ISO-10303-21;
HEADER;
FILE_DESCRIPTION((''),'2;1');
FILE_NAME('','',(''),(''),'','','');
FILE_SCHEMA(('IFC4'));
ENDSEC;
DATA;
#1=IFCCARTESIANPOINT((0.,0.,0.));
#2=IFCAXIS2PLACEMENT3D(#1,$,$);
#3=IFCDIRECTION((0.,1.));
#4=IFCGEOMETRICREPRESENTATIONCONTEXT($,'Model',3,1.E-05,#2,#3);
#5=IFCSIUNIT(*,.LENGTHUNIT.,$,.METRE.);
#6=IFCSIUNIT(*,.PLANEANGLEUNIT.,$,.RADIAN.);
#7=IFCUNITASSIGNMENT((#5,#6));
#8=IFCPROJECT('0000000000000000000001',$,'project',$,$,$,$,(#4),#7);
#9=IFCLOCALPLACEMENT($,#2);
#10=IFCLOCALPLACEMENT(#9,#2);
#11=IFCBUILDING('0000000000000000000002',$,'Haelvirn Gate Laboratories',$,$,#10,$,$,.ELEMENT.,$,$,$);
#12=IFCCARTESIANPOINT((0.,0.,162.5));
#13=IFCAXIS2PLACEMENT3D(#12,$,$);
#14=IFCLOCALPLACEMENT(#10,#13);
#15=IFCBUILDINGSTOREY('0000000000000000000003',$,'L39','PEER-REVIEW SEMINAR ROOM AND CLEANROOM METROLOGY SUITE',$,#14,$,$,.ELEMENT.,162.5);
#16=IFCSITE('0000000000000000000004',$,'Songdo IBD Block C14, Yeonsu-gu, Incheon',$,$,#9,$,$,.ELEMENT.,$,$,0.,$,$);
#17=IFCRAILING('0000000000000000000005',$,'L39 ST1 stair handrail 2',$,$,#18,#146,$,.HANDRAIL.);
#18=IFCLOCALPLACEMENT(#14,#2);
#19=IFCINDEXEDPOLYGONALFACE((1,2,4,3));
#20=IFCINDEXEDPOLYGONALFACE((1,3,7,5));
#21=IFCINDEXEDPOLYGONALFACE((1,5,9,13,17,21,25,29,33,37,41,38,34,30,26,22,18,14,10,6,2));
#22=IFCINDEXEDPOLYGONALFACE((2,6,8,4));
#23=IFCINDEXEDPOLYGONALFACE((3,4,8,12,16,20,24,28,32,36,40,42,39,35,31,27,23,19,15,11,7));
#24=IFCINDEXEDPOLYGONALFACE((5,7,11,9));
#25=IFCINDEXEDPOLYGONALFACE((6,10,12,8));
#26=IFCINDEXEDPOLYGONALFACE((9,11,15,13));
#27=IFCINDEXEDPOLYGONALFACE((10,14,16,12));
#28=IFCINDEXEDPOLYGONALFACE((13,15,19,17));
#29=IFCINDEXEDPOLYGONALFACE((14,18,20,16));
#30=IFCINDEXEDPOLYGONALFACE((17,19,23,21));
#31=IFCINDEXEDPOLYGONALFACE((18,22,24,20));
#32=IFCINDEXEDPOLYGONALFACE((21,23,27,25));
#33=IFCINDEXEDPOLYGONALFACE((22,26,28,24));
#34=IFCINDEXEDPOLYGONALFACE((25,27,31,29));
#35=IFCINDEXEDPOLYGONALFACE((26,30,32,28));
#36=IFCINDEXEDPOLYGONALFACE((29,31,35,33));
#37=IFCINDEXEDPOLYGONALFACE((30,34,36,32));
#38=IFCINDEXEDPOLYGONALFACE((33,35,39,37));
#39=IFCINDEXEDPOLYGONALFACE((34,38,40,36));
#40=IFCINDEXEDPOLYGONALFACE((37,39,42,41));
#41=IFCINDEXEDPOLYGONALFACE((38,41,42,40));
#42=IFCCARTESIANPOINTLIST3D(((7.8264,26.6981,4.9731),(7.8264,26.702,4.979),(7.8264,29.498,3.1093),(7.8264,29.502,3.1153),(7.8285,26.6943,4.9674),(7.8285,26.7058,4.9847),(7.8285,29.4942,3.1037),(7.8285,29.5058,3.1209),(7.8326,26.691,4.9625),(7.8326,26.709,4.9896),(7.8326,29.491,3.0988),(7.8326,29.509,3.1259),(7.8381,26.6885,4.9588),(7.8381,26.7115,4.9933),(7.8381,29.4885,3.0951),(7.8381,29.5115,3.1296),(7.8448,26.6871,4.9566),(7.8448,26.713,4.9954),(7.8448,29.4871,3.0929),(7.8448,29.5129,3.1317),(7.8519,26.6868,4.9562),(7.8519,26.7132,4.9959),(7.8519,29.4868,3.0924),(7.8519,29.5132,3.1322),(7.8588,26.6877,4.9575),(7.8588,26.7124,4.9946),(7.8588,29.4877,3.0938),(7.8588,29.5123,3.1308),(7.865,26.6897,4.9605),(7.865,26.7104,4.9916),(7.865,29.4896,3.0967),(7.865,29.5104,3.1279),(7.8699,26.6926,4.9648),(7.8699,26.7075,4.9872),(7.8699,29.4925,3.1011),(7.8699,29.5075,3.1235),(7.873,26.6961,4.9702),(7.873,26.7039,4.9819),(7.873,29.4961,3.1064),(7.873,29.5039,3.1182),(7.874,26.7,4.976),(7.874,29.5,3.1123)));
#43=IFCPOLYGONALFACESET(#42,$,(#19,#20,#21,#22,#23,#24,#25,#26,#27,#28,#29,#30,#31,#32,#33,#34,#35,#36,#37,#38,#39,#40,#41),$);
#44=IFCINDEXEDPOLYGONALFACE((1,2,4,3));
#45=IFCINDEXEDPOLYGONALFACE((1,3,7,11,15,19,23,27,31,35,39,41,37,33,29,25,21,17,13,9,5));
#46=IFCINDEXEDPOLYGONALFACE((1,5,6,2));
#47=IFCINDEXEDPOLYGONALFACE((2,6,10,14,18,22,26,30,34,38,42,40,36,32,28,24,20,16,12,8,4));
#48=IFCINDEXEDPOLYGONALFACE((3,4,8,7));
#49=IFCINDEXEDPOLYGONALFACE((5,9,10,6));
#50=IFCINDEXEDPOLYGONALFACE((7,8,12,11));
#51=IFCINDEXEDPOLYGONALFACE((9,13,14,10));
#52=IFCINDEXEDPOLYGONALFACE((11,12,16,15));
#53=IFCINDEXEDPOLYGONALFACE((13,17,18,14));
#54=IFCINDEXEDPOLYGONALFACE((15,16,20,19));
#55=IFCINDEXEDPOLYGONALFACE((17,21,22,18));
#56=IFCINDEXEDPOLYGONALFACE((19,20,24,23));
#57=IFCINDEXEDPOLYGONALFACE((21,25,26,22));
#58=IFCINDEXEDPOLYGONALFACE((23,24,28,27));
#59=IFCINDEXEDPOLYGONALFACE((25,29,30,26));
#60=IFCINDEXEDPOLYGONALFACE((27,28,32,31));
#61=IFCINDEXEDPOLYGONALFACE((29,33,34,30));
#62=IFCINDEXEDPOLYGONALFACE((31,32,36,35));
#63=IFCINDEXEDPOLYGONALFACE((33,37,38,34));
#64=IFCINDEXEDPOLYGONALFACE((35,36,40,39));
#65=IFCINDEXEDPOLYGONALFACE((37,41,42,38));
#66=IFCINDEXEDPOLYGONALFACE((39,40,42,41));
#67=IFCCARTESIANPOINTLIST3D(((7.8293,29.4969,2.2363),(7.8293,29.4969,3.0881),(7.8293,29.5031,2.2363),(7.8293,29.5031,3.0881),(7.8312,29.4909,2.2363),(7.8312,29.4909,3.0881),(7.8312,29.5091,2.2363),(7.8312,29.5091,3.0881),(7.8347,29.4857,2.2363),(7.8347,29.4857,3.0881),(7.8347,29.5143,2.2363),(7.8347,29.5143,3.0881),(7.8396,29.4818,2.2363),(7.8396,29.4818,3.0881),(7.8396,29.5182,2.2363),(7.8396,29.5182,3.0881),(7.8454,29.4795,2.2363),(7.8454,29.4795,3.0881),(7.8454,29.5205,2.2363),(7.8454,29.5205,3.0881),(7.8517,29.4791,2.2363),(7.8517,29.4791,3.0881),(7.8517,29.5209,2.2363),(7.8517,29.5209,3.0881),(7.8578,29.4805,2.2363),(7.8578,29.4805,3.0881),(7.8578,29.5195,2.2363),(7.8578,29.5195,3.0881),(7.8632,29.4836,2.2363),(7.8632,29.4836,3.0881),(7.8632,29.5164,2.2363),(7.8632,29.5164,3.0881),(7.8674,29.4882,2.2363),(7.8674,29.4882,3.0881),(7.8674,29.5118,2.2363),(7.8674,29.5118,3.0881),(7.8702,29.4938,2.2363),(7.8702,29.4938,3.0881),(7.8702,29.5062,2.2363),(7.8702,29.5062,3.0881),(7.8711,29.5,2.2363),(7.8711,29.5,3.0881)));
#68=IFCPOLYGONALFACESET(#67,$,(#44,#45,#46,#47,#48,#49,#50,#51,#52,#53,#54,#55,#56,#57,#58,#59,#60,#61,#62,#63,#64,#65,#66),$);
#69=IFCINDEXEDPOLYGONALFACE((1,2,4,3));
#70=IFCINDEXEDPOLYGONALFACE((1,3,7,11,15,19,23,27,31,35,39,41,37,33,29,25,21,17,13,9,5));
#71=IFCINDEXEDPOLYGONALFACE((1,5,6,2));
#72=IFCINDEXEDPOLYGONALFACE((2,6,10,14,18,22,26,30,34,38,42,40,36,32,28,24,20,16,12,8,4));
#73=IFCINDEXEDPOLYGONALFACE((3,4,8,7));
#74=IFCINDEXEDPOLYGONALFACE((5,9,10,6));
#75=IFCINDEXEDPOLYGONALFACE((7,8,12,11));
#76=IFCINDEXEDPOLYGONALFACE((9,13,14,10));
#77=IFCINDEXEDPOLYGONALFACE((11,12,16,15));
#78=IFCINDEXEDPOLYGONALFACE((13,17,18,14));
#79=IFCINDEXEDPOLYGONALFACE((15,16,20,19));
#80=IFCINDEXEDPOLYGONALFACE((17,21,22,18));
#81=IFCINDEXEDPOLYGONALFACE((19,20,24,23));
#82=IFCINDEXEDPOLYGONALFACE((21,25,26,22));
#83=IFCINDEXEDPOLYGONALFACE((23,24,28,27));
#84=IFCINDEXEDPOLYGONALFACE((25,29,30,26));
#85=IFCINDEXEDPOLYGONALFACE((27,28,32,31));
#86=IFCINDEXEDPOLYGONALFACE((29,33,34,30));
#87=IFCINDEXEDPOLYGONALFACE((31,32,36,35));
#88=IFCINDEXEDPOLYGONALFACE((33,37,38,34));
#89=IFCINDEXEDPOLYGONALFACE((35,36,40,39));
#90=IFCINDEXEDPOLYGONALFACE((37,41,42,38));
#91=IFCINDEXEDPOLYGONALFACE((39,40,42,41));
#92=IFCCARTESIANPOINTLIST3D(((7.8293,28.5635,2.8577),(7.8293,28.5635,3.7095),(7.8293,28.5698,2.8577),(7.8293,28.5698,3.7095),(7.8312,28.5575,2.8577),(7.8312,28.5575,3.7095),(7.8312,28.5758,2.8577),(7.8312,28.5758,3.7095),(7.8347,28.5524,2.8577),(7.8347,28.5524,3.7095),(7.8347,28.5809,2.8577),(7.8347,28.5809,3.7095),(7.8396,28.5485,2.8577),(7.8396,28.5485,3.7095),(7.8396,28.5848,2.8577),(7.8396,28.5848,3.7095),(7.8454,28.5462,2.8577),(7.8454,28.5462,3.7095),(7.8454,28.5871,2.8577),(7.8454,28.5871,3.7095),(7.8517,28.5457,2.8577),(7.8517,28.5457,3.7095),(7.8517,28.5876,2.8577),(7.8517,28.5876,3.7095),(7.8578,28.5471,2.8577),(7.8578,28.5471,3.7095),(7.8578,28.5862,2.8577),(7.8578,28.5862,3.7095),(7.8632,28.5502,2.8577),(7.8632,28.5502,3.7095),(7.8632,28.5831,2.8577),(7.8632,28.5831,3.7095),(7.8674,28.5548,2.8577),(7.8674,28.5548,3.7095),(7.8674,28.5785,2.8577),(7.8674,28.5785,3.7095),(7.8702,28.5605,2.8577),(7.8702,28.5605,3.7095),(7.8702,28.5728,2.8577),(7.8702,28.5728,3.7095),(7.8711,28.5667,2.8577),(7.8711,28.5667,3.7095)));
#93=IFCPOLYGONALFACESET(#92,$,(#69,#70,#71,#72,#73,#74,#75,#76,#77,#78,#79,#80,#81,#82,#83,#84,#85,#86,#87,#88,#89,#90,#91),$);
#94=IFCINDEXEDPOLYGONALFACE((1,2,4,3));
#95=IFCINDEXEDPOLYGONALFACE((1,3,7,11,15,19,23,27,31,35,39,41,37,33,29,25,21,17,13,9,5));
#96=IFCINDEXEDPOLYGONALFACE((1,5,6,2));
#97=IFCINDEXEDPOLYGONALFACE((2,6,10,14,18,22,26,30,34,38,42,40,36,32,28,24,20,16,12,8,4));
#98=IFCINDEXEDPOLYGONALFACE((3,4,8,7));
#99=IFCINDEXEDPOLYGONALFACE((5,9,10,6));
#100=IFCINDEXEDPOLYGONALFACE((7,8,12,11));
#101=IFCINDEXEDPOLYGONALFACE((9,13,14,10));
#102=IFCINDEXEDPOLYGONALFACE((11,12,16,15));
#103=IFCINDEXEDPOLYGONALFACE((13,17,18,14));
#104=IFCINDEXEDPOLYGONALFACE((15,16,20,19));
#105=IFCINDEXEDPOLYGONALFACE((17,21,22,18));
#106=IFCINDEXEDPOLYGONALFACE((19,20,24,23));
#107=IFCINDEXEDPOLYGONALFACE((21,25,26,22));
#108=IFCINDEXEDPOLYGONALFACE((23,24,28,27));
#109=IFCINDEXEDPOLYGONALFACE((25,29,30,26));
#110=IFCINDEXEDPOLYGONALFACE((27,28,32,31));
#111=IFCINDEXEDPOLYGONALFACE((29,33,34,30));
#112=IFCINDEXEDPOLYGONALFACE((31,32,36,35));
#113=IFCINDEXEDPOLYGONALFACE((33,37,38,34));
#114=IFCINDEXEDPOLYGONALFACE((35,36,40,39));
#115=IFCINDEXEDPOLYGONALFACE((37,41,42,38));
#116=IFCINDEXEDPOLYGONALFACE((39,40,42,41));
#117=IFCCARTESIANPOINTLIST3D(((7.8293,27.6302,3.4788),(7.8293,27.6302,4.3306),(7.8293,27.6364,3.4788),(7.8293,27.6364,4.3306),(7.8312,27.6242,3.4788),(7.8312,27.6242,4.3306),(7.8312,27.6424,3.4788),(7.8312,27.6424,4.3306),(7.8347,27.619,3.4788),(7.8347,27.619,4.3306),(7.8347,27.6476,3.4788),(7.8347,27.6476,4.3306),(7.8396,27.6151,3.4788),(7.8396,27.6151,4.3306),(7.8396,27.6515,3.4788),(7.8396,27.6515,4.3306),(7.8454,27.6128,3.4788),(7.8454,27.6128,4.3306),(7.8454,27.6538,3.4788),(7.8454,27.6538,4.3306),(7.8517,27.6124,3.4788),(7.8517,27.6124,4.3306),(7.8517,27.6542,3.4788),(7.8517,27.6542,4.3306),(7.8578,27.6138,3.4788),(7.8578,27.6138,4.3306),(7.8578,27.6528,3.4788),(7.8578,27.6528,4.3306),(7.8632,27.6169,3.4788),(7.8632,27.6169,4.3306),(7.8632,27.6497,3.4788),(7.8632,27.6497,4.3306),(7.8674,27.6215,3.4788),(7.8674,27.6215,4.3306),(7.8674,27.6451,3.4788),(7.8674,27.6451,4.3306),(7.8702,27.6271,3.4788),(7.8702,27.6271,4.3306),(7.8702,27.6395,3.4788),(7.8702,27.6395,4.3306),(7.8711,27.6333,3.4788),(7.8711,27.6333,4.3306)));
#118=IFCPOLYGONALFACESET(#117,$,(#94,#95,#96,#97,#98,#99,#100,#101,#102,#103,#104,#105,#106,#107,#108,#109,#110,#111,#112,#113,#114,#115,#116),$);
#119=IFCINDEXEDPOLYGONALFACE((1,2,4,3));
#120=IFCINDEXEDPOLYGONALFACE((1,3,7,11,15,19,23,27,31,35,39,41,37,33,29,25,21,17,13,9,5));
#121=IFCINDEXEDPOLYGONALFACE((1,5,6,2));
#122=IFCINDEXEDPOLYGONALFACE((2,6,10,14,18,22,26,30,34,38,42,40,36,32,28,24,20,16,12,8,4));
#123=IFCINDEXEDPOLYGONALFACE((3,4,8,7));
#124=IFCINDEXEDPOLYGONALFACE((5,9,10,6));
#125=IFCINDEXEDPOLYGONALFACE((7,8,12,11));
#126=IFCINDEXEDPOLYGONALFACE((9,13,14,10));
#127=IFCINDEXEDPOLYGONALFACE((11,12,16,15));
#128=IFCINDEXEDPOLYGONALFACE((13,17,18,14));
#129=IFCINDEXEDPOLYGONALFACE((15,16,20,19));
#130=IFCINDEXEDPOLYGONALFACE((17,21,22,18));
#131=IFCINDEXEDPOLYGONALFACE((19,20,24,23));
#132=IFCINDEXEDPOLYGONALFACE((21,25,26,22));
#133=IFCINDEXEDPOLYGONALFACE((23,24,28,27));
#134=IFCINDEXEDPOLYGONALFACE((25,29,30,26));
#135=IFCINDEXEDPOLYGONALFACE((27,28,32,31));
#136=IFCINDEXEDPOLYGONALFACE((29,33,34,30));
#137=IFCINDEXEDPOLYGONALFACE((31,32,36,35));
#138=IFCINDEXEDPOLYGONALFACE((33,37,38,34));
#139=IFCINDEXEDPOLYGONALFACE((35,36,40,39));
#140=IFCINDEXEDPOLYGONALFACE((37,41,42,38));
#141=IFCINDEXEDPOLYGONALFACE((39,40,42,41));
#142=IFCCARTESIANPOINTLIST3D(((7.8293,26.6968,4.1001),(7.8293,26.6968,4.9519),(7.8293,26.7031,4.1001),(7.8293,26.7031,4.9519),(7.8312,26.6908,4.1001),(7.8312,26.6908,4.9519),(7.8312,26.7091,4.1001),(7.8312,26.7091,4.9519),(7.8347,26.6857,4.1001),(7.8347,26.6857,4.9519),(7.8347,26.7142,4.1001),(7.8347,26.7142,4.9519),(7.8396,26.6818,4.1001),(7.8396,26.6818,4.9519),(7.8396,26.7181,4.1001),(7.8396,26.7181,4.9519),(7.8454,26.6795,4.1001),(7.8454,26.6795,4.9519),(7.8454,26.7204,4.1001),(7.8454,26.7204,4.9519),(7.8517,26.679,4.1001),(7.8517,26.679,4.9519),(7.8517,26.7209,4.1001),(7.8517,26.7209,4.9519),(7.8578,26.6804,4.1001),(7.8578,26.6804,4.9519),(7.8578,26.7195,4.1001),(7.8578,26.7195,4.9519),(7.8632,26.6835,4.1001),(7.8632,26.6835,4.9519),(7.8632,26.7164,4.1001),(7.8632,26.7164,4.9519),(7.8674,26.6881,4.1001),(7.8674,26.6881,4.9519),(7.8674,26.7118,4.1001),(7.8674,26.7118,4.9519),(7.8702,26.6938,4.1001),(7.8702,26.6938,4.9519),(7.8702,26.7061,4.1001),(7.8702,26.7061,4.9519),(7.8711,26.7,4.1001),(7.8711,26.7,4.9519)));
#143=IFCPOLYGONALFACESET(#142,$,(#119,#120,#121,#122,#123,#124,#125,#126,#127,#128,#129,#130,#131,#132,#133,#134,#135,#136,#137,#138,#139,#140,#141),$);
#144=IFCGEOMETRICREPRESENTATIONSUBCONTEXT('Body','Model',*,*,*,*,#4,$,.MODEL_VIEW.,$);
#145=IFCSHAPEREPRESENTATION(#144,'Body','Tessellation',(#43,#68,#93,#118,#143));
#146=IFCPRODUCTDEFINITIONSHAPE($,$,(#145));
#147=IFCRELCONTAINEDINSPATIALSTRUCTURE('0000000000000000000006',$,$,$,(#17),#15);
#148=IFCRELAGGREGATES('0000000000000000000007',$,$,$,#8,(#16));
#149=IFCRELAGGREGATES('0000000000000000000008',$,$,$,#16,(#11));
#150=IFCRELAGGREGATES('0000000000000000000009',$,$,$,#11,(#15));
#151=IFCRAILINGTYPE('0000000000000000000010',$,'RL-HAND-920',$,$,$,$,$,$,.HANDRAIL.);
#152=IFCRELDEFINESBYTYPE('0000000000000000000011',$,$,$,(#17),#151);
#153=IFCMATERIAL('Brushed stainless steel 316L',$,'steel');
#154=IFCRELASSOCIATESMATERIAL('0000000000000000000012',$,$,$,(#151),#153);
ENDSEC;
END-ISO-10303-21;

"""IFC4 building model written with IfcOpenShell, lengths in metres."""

from ifc_helpers import new_model, si_unit, direction, frame, origin, origin_2d, place, context, subcontext, project, spatial, circle, extrude, source, transform, mapped, material, type_object, type_shapes, element, save


model = new_model("IFC4")

# Units and contexts
model_context = context("Model", 3, precision=1e-05, world=origin(), true_north=direction((0.0, 1.0)))
body_context = subcontext(model_context, "Body", "Model", "MODEL_VIEW")
ifc_project = project(units=[si_unit("LENGTHUNIT", "METRE"), si_unit("PLANEANGLEUNIT", "RADIAN")], contexts=[model_context])

# Site, building, storey
site_placement = place(None, origin())
site = spatial("IfcSite", under=ifc_project, at=site_placement, Name="Songdo IBD Block C14, Yeonsu-gu, Incheon", CompositionType="ELEMENT", RefElevation=0.0)
building_placement = place(site_placement, origin())
building = spatial("IfcBuilding", under=site, at=building_placement, Name="Haelvirn Gate Laboratories", CompositionType="ELEMENT")
storey_placement = place(building_placement, frame((0.0, 0.0, 162.5)))
storey = spatial("IfcBuildingStorey", under=building, at=storey_placement, Name="L39", Description="PEER-REVIEW SEMINAR ROOM AND CLEANROOM METROLOGY SUITE", CompositionType="ELEMENT", Elevation=162.5)

# Railing
ifc_material_1 = material(Name="Brushed stainless steel 316L", Category="steel")
railing_type_1 = type_object("IfcRailingType", Name="RL-HAND-920", PredefinedType="HANDRAIL", material=ifc_material_1)
shared_shape_1 = source(origin(), body_context, "Body", "SweptSolid", [
    extrude(circle(Radius=0.0239, at=origin_2d()), frame((0.0, 0.0, 0.876), z_axis=(0.0, -0.832452, 0.554097), x_axis=(1.0, 0.0, 0.0)), (0.0, 0.0, 1.0), 3.3635),
    extrude(circle(Radius=0.021, at=origin_2d()), origin(), (0.0, 0.0, 1.0), 0.8518),
    extrude(circle(Radius=0.021, at=origin_2d()), frame((0.0, -0.9333, 0.6213)), (0.0, 0.0, 1.0), 0.8518),
    extrude(circle(Radius=0.021, at=origin_2d()), frame((0.0, -1.8667, 1.2424)), (0.0, 0.0, 1.0), 0.8518),
    extrude(circle(Radius=0.021, at=origin_2d()), frame((0.0, -2.8, 1.8638)), (0.0, 0.0, 1.0), 0.8518),
])
type_shapes(railing_type_1, [shared_shape_1])
railing_1_placement = place(storey_placement, frame((7.8501, 29.5, 2.2363)))
element("IfcRailing", 1, at=railing_1_placement, inside=storey, type_object=railing_type_1, Name="L39 ST1 stair handrail 2", PredefinedType="HANDRAIL", context=body_context, shape_type="MappedRepresentation", body=[
    mapped(shared_shape_1, transform((0.0, 0.0, 0.0), scale=1.0)),
])

save(model, "model.ifc")
